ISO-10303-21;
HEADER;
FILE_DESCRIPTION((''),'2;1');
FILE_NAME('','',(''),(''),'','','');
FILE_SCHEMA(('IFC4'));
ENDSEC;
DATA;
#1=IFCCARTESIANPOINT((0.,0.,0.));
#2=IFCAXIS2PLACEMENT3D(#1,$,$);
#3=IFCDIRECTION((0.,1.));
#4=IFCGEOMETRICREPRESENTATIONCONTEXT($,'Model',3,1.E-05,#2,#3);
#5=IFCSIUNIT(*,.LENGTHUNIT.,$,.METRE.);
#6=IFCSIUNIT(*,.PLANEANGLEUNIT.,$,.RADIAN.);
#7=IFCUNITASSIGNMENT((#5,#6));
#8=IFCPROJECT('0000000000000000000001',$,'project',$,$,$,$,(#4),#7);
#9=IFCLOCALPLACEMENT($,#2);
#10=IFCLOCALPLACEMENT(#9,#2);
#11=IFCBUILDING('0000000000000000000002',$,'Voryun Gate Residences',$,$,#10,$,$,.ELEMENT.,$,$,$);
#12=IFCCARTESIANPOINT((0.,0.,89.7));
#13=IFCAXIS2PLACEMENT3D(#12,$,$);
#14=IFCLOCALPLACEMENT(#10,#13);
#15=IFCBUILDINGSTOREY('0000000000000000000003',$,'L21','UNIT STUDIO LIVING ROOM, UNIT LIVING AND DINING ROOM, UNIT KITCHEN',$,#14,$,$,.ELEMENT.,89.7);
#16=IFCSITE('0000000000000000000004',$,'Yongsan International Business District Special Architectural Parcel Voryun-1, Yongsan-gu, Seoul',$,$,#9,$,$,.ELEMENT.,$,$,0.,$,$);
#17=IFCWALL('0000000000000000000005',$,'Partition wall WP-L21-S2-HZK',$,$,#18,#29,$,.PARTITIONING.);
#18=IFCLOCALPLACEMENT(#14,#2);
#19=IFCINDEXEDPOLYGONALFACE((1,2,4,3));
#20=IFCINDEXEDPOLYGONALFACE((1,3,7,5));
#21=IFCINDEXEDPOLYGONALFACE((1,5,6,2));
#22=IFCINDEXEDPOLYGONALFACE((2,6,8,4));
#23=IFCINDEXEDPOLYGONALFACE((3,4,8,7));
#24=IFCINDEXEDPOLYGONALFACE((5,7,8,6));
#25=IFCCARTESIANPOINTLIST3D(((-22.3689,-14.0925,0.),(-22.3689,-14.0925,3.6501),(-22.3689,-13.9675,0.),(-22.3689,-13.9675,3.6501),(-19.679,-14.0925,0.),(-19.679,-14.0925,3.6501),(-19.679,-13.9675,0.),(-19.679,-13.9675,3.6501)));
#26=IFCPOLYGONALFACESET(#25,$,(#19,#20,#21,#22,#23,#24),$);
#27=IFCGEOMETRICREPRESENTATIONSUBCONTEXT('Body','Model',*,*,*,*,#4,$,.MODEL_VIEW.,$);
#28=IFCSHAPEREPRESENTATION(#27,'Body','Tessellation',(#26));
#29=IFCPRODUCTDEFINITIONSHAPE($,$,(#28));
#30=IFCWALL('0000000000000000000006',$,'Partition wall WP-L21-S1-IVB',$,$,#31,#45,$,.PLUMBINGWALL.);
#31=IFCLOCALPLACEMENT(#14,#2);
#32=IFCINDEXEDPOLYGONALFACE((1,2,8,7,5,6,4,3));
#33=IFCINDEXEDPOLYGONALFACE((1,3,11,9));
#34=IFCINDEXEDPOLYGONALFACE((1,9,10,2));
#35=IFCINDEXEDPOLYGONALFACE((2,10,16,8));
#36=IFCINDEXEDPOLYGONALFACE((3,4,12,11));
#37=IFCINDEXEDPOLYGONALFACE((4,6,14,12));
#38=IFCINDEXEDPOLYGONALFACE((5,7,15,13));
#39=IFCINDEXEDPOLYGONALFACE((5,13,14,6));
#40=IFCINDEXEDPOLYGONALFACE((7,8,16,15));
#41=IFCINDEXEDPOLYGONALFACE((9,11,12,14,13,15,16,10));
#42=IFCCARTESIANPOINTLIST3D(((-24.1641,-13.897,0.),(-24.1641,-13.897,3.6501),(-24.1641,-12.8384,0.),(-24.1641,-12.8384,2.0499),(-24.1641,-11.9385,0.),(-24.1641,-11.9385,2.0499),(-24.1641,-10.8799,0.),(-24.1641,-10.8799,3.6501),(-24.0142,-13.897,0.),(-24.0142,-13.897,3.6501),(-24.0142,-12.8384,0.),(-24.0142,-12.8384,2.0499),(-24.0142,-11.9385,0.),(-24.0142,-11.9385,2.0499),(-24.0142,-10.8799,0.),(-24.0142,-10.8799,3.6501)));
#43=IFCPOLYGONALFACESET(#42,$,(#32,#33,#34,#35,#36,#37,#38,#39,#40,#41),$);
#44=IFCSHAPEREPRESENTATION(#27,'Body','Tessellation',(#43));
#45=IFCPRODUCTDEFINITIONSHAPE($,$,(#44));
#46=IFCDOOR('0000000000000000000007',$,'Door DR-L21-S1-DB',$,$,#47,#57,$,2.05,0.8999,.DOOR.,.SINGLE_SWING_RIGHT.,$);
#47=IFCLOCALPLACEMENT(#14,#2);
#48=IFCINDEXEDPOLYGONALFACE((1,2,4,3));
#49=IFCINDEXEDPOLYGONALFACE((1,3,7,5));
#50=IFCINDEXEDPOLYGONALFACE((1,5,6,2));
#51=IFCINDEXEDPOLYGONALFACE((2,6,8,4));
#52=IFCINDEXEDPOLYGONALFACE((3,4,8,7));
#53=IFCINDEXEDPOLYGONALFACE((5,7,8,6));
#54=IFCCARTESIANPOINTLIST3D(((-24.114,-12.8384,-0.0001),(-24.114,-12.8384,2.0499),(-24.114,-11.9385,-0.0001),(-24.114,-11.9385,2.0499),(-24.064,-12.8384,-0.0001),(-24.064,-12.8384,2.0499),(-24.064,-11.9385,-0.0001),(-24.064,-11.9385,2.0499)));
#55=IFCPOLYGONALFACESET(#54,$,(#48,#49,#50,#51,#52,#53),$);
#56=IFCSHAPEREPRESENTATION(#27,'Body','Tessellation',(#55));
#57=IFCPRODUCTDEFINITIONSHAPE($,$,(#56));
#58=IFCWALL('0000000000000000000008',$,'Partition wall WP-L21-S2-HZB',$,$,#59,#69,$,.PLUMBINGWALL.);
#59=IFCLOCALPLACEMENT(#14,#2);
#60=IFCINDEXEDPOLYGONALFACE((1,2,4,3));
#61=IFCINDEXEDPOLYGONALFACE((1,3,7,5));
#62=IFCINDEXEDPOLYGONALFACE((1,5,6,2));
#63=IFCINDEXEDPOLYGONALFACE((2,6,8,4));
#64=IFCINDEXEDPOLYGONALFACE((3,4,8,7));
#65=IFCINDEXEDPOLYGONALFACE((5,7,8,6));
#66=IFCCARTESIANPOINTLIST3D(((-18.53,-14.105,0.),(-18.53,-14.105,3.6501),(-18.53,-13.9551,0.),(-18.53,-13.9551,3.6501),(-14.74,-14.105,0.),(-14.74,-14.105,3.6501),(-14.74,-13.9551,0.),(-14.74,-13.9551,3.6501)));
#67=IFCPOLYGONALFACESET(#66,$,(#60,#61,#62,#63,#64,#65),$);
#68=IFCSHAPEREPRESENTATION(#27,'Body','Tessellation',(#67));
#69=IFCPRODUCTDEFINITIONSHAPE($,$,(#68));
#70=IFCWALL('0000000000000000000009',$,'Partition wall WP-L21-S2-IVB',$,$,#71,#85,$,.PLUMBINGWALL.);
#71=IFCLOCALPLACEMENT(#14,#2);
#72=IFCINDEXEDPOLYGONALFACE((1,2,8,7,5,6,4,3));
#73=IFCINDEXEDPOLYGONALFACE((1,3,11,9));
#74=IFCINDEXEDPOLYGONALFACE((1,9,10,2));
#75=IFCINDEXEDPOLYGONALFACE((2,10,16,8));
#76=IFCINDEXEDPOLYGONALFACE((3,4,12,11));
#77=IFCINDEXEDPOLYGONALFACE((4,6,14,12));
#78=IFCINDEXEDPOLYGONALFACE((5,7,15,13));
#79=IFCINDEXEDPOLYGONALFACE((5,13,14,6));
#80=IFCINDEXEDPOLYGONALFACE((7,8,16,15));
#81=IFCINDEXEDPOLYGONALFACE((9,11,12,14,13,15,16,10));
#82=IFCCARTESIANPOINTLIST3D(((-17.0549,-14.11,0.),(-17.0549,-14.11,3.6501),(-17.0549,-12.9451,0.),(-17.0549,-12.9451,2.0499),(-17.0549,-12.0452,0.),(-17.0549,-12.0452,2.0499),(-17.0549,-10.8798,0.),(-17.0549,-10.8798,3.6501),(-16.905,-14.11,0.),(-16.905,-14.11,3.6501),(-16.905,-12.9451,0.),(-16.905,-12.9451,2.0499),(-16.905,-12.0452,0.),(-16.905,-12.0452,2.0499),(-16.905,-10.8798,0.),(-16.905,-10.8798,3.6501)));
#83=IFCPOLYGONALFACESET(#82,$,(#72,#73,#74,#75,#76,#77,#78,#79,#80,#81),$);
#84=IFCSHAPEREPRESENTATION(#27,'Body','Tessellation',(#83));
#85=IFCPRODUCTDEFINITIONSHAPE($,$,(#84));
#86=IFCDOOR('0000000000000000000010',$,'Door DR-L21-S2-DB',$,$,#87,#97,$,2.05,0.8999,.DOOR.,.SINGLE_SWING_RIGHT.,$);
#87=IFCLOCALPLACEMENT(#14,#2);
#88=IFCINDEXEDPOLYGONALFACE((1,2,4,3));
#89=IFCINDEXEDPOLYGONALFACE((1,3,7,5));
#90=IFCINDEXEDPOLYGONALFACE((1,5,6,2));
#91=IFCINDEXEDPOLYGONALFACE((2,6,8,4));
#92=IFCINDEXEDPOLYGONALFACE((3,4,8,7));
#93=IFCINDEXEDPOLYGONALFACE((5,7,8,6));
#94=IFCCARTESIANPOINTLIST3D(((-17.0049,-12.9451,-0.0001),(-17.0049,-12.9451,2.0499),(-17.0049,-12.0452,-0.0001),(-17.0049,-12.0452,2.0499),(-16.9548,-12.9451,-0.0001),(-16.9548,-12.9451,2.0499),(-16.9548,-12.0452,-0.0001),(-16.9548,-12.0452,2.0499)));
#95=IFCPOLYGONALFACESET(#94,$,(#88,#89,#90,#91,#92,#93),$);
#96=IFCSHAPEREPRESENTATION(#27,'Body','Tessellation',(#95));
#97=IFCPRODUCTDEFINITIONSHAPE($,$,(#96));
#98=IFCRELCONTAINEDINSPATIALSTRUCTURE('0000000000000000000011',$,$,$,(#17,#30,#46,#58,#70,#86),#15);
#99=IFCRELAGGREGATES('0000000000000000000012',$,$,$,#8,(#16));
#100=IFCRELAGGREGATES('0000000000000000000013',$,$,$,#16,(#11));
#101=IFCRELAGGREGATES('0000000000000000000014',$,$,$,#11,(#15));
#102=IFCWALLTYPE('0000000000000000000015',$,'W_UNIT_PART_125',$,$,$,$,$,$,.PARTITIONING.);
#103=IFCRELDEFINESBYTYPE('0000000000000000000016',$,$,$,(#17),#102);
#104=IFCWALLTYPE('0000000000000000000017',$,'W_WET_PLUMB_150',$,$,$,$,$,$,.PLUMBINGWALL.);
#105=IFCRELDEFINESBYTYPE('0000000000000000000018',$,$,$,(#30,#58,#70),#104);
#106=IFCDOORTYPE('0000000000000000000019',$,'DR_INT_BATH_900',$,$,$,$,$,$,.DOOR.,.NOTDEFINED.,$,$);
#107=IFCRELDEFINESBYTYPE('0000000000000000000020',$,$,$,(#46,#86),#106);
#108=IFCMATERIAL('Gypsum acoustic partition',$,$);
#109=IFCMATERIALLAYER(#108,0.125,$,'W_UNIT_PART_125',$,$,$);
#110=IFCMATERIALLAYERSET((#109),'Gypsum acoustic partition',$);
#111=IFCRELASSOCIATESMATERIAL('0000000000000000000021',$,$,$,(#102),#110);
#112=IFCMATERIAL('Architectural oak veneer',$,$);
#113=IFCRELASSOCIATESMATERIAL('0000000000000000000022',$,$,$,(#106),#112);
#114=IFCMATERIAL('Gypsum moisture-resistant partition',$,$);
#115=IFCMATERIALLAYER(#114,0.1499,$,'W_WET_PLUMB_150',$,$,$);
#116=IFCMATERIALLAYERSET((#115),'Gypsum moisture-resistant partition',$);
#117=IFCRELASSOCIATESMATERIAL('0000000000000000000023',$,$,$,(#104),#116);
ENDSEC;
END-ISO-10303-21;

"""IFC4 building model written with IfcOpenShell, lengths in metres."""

from ifc_helpers import new_model, si_unit, direction, frame, frame_2d, origin, place, context, subcontext, project, spatial, rectangle, extrude, material, layer, layer_set, type_object, element, fill, save


model = new_model("IFC4")

# Units and contexts
model_context = context("Model", 3, precision=1e-05, world=origin(), true_north=direction((0.0, 1.0)))
body_context = subcontext(model_context, "Body", "Model", "MODEL_VIEW")
ifc_project = project(units=[si_unit("LENGTHUNIT", "METRE"), si_unit("PLANEANGLEUNIT", "RADIAN")], contexts=[model_context])

# Site, building, storey
site_placement = place(None, origin())
site = spatial("IfcSite", under=ifc_project, at=site_placement, Name="Yongsan International Business District Special Architectural Parcel Voryun-1, Yongsan-gu, Seoul", CompositionType="ELEMENT", RefElevation=0.0)
building_placement = place(site_placement, origin())
building = spatial("IfcBuilding", under=site, at=building_placement, Name="Voryun Gate Residences", CompositionType="ELEMENT")
storey_placement = place(building_placement, frame((0.0, 0.0, 89.7)))
storey = spatial("IfcBuildingStorey", under=building, at=storey_placement, Name="L21", Description="UNIT STUDIO LIVING ROOM, UNIT LIVING AND DINING ROOM, UNIT KITCHEN", CompositionType="ELEMENT", Elevation=89.7)

# Shared definitions
ifc_material_1 = material(Name="Gypsum acoustic partition")
ifc_layer_1 = layer(ifc_material_1, 0.125, Name="W_UNIT_PART_125")
ifc_layer_set_1 = layer_set([ifc_layer_1], Name="Gypsum acoustic partition")
wall_type_1 = type_object("IfcWallType", Name="W_UNIT_PART_125", PredefinedType="PARTITIONING", material=ifc_layer_set_1)
ifc_material_2 = material(Name="Architectural oak veneer")
door_type_1 = type_object("IfcDoorType", Name="DR_INT_BATH_900", OperationType="NOTDEFINED", PredefinedType="DOOR", material=ifc_material_2)

# Wall
wall_1_placement = place(storey_placement, frame((-22.3689, -14.03, 0.0), z_axis=(0.0, 0.0, 1.0), x_axis=(1.0, 0.0, 0.0)))
element("IfcWall", 1, at=wall_1_placement, inside=storey, type_object=wall_type_1, Name="Partition wall WP-L21-S2-HZK", PredefinedType="PARTITIONING", context=body_context, shape_type="SweptSolid", body=[
    extrude(rectangle(XDim=2.6899, YDim=0.125, at=frame_2d((1.345, 0.0))), origin(), (0.0, 0.0, 1.0), 3.6501),
])

# Wall, opening, door
ifc_material_3 = material(Name="Gypsum moisture-resistant partition")
ifc_layer_2 = layer(ifc_material_3, 0.1499, Name="W_WET_PLUMB_150")
ifc_layer_set_2 = layer_set([ifc_layer_2], Name="Gypsum moisture-resistant partition")
wall_type_2 = type_object("IfcWallType", Name="W_WET_PLUMB_150", PredefinedType="PLUMBINGWALL", material=ifc_layer_set_2)
wall_2_placement = place(storey_placement, frame((-24.0891, -13.897, 0.0), z_axis=(0.0, 0.0, 1.0), x_axis=(0.0, 1.0, 0.0)))
wall_2 = element("IfcWall", 2, at=wall_2_placement, inside=storey, type_object=wall_type_2, Name="Partition wall WP-L21-S1-IVB", PredefinedType="PLUMBINGWALL", context=body_context, shape_type="SweptSolid", body=[
    extrude(rectangle(XDim=3.0171, YDim=0.1499, at=frame_2d((1.5085, 0.0))), origin(), (0.0, 0.0, 1.0), 3.6501),
])
opening_1_placement = place(wall_2_placement, frame((1.0586, 0.0, 0.0)))
opening_1 = element("IfcOpeningElement", 3, at=opening_1_placement, cuts=wall_2, PredefinedType="OPENING", context=body_context, shape_type="SweptSolid", body=[
    extrude(rectangle(XDim=0.8999, YDim=2.05, at=frame_2d((0.45, 1.0249))), frame((0.0, 0.085, 0.0), z_axis=(0.0, -1.0, 0.0), x_axis=(1.0, 0.0, 0.0)), (0.0, 0.0, 1.0), 0.1699),
])
door_1_placement = place(opening_1_placement, origin())
door_1 = element("IfcDoor", 4, at=door_1_placement, inside=storey, type_object=door_type_1, Name="Door DR-L21-S1-DB", OperationType="SINGLE_SWING_RIGHT", OverallHeight=2.05, OverallWidth=0.8999, PredefinedType="DOOR", context=body_context, shape_type="SweptSolid", body=[
    extrude(rectangle(XDim=0.8999, YDim=2.05, at=frame_2d((0.45, 1.0249))), frame((0.0, 0.0249, 0.0), z_axis=(0.0, -1.0, 0.0), x_axis=(1.0, 0.0, 0.0)), (0.0, 0.0, 1.0), 0.05),
])
fill(opening_1, door_1)

# Wall
wall_3_placement = place(storey_placement, frame((-18.53, -14.03, 0.0), z_axis=(0.0, 0.0, 1.0), x_axis=(1.0, 0.0, 0.0)))
element("IfcWall", 5, at=wall_3_placement, inside=storey, type_object=wall_type_2, Name="Partition wall WP-L21-S2-HZB", PredefinedType="PLUMBINGWALL", context=body_context, shape_type="SweptSolid", body=[
    extrude(rectangle(XDim=3.79, YDim=0.1499, at=frame_2d((1.895, 0.0))), origin(), (0.0, 0.0, 1.0), 3.6501),
])

# Wall, opening, door
wall_4_placement = place(storey_placement, frame((-16.98, -14.1101, 0.0), z_axis=(0.0, 0.0, 1.0), x_axis=(0.0, 1.0, 0.0)))
wall_4 = element("IfcWall", 6, at=wall_4_placement, inside=storey, type_object=wall_type_2, Name="Partition wall WP-L21-S2-IVB", PredefinedType="PLUMBINGWALL", context=body_context, shape_type="SweptSolid", body=[
    extrude(rectangle(XDim=3.2302, YDim=0.1499, at=frame_2d((1.6152, 0.0))), origin(), (0.0, 0.0, 1.0), 3.6501),
])
opening_2_placement = place(wall_4_placement, frame((1.165, 0.0, 0.0)))
opening_2 = element("IfcOpeningElement", 7, at=opening_2_placement, cuts=wall_4, PredefinedType="OPENING", context=body_context, shape_type="SweptSolid", body=[
    extrude(rectangle(XDim=0.8999, YDim=2.05, at=frame_2d((0.45, 1.0249))), frame((0.0, 0.085, 0.0), z_axis=(0.0, -1.0, 0.0), x_axis=(1.0, 0.0, 0.0)), (0.0, 0.0, 1.0), 0.1699),
])
door_2_placement = place(opening_2_placement, origin())
door_2 = element("IfcDoor", 8, at=door_2_placement, inside=storey, type_object=door_type_1, Name="Door DR-L21-S2-DB", OperationType="SINGLE_SWING_RIGHT", OverallHeight=2.05, OverallWidth=0.8999, PredefinedType="DOOR", context=body_context, shape_type="SweptSolid", body=[
    extrude(rectangle(XDim=0.8999, YDim=2.05, at=frame_2d((0.45, 1.0249))), frame((0.0, 0.0249, 0.0), z_axis=(0.0, -1.0, 0.0), x_axis=(1.0, 0.0, 0.0)), (0.0, 0.0, 1.0), 0.05),
])
fill(opening_2, door_2)

save(model, "model.ifc")
